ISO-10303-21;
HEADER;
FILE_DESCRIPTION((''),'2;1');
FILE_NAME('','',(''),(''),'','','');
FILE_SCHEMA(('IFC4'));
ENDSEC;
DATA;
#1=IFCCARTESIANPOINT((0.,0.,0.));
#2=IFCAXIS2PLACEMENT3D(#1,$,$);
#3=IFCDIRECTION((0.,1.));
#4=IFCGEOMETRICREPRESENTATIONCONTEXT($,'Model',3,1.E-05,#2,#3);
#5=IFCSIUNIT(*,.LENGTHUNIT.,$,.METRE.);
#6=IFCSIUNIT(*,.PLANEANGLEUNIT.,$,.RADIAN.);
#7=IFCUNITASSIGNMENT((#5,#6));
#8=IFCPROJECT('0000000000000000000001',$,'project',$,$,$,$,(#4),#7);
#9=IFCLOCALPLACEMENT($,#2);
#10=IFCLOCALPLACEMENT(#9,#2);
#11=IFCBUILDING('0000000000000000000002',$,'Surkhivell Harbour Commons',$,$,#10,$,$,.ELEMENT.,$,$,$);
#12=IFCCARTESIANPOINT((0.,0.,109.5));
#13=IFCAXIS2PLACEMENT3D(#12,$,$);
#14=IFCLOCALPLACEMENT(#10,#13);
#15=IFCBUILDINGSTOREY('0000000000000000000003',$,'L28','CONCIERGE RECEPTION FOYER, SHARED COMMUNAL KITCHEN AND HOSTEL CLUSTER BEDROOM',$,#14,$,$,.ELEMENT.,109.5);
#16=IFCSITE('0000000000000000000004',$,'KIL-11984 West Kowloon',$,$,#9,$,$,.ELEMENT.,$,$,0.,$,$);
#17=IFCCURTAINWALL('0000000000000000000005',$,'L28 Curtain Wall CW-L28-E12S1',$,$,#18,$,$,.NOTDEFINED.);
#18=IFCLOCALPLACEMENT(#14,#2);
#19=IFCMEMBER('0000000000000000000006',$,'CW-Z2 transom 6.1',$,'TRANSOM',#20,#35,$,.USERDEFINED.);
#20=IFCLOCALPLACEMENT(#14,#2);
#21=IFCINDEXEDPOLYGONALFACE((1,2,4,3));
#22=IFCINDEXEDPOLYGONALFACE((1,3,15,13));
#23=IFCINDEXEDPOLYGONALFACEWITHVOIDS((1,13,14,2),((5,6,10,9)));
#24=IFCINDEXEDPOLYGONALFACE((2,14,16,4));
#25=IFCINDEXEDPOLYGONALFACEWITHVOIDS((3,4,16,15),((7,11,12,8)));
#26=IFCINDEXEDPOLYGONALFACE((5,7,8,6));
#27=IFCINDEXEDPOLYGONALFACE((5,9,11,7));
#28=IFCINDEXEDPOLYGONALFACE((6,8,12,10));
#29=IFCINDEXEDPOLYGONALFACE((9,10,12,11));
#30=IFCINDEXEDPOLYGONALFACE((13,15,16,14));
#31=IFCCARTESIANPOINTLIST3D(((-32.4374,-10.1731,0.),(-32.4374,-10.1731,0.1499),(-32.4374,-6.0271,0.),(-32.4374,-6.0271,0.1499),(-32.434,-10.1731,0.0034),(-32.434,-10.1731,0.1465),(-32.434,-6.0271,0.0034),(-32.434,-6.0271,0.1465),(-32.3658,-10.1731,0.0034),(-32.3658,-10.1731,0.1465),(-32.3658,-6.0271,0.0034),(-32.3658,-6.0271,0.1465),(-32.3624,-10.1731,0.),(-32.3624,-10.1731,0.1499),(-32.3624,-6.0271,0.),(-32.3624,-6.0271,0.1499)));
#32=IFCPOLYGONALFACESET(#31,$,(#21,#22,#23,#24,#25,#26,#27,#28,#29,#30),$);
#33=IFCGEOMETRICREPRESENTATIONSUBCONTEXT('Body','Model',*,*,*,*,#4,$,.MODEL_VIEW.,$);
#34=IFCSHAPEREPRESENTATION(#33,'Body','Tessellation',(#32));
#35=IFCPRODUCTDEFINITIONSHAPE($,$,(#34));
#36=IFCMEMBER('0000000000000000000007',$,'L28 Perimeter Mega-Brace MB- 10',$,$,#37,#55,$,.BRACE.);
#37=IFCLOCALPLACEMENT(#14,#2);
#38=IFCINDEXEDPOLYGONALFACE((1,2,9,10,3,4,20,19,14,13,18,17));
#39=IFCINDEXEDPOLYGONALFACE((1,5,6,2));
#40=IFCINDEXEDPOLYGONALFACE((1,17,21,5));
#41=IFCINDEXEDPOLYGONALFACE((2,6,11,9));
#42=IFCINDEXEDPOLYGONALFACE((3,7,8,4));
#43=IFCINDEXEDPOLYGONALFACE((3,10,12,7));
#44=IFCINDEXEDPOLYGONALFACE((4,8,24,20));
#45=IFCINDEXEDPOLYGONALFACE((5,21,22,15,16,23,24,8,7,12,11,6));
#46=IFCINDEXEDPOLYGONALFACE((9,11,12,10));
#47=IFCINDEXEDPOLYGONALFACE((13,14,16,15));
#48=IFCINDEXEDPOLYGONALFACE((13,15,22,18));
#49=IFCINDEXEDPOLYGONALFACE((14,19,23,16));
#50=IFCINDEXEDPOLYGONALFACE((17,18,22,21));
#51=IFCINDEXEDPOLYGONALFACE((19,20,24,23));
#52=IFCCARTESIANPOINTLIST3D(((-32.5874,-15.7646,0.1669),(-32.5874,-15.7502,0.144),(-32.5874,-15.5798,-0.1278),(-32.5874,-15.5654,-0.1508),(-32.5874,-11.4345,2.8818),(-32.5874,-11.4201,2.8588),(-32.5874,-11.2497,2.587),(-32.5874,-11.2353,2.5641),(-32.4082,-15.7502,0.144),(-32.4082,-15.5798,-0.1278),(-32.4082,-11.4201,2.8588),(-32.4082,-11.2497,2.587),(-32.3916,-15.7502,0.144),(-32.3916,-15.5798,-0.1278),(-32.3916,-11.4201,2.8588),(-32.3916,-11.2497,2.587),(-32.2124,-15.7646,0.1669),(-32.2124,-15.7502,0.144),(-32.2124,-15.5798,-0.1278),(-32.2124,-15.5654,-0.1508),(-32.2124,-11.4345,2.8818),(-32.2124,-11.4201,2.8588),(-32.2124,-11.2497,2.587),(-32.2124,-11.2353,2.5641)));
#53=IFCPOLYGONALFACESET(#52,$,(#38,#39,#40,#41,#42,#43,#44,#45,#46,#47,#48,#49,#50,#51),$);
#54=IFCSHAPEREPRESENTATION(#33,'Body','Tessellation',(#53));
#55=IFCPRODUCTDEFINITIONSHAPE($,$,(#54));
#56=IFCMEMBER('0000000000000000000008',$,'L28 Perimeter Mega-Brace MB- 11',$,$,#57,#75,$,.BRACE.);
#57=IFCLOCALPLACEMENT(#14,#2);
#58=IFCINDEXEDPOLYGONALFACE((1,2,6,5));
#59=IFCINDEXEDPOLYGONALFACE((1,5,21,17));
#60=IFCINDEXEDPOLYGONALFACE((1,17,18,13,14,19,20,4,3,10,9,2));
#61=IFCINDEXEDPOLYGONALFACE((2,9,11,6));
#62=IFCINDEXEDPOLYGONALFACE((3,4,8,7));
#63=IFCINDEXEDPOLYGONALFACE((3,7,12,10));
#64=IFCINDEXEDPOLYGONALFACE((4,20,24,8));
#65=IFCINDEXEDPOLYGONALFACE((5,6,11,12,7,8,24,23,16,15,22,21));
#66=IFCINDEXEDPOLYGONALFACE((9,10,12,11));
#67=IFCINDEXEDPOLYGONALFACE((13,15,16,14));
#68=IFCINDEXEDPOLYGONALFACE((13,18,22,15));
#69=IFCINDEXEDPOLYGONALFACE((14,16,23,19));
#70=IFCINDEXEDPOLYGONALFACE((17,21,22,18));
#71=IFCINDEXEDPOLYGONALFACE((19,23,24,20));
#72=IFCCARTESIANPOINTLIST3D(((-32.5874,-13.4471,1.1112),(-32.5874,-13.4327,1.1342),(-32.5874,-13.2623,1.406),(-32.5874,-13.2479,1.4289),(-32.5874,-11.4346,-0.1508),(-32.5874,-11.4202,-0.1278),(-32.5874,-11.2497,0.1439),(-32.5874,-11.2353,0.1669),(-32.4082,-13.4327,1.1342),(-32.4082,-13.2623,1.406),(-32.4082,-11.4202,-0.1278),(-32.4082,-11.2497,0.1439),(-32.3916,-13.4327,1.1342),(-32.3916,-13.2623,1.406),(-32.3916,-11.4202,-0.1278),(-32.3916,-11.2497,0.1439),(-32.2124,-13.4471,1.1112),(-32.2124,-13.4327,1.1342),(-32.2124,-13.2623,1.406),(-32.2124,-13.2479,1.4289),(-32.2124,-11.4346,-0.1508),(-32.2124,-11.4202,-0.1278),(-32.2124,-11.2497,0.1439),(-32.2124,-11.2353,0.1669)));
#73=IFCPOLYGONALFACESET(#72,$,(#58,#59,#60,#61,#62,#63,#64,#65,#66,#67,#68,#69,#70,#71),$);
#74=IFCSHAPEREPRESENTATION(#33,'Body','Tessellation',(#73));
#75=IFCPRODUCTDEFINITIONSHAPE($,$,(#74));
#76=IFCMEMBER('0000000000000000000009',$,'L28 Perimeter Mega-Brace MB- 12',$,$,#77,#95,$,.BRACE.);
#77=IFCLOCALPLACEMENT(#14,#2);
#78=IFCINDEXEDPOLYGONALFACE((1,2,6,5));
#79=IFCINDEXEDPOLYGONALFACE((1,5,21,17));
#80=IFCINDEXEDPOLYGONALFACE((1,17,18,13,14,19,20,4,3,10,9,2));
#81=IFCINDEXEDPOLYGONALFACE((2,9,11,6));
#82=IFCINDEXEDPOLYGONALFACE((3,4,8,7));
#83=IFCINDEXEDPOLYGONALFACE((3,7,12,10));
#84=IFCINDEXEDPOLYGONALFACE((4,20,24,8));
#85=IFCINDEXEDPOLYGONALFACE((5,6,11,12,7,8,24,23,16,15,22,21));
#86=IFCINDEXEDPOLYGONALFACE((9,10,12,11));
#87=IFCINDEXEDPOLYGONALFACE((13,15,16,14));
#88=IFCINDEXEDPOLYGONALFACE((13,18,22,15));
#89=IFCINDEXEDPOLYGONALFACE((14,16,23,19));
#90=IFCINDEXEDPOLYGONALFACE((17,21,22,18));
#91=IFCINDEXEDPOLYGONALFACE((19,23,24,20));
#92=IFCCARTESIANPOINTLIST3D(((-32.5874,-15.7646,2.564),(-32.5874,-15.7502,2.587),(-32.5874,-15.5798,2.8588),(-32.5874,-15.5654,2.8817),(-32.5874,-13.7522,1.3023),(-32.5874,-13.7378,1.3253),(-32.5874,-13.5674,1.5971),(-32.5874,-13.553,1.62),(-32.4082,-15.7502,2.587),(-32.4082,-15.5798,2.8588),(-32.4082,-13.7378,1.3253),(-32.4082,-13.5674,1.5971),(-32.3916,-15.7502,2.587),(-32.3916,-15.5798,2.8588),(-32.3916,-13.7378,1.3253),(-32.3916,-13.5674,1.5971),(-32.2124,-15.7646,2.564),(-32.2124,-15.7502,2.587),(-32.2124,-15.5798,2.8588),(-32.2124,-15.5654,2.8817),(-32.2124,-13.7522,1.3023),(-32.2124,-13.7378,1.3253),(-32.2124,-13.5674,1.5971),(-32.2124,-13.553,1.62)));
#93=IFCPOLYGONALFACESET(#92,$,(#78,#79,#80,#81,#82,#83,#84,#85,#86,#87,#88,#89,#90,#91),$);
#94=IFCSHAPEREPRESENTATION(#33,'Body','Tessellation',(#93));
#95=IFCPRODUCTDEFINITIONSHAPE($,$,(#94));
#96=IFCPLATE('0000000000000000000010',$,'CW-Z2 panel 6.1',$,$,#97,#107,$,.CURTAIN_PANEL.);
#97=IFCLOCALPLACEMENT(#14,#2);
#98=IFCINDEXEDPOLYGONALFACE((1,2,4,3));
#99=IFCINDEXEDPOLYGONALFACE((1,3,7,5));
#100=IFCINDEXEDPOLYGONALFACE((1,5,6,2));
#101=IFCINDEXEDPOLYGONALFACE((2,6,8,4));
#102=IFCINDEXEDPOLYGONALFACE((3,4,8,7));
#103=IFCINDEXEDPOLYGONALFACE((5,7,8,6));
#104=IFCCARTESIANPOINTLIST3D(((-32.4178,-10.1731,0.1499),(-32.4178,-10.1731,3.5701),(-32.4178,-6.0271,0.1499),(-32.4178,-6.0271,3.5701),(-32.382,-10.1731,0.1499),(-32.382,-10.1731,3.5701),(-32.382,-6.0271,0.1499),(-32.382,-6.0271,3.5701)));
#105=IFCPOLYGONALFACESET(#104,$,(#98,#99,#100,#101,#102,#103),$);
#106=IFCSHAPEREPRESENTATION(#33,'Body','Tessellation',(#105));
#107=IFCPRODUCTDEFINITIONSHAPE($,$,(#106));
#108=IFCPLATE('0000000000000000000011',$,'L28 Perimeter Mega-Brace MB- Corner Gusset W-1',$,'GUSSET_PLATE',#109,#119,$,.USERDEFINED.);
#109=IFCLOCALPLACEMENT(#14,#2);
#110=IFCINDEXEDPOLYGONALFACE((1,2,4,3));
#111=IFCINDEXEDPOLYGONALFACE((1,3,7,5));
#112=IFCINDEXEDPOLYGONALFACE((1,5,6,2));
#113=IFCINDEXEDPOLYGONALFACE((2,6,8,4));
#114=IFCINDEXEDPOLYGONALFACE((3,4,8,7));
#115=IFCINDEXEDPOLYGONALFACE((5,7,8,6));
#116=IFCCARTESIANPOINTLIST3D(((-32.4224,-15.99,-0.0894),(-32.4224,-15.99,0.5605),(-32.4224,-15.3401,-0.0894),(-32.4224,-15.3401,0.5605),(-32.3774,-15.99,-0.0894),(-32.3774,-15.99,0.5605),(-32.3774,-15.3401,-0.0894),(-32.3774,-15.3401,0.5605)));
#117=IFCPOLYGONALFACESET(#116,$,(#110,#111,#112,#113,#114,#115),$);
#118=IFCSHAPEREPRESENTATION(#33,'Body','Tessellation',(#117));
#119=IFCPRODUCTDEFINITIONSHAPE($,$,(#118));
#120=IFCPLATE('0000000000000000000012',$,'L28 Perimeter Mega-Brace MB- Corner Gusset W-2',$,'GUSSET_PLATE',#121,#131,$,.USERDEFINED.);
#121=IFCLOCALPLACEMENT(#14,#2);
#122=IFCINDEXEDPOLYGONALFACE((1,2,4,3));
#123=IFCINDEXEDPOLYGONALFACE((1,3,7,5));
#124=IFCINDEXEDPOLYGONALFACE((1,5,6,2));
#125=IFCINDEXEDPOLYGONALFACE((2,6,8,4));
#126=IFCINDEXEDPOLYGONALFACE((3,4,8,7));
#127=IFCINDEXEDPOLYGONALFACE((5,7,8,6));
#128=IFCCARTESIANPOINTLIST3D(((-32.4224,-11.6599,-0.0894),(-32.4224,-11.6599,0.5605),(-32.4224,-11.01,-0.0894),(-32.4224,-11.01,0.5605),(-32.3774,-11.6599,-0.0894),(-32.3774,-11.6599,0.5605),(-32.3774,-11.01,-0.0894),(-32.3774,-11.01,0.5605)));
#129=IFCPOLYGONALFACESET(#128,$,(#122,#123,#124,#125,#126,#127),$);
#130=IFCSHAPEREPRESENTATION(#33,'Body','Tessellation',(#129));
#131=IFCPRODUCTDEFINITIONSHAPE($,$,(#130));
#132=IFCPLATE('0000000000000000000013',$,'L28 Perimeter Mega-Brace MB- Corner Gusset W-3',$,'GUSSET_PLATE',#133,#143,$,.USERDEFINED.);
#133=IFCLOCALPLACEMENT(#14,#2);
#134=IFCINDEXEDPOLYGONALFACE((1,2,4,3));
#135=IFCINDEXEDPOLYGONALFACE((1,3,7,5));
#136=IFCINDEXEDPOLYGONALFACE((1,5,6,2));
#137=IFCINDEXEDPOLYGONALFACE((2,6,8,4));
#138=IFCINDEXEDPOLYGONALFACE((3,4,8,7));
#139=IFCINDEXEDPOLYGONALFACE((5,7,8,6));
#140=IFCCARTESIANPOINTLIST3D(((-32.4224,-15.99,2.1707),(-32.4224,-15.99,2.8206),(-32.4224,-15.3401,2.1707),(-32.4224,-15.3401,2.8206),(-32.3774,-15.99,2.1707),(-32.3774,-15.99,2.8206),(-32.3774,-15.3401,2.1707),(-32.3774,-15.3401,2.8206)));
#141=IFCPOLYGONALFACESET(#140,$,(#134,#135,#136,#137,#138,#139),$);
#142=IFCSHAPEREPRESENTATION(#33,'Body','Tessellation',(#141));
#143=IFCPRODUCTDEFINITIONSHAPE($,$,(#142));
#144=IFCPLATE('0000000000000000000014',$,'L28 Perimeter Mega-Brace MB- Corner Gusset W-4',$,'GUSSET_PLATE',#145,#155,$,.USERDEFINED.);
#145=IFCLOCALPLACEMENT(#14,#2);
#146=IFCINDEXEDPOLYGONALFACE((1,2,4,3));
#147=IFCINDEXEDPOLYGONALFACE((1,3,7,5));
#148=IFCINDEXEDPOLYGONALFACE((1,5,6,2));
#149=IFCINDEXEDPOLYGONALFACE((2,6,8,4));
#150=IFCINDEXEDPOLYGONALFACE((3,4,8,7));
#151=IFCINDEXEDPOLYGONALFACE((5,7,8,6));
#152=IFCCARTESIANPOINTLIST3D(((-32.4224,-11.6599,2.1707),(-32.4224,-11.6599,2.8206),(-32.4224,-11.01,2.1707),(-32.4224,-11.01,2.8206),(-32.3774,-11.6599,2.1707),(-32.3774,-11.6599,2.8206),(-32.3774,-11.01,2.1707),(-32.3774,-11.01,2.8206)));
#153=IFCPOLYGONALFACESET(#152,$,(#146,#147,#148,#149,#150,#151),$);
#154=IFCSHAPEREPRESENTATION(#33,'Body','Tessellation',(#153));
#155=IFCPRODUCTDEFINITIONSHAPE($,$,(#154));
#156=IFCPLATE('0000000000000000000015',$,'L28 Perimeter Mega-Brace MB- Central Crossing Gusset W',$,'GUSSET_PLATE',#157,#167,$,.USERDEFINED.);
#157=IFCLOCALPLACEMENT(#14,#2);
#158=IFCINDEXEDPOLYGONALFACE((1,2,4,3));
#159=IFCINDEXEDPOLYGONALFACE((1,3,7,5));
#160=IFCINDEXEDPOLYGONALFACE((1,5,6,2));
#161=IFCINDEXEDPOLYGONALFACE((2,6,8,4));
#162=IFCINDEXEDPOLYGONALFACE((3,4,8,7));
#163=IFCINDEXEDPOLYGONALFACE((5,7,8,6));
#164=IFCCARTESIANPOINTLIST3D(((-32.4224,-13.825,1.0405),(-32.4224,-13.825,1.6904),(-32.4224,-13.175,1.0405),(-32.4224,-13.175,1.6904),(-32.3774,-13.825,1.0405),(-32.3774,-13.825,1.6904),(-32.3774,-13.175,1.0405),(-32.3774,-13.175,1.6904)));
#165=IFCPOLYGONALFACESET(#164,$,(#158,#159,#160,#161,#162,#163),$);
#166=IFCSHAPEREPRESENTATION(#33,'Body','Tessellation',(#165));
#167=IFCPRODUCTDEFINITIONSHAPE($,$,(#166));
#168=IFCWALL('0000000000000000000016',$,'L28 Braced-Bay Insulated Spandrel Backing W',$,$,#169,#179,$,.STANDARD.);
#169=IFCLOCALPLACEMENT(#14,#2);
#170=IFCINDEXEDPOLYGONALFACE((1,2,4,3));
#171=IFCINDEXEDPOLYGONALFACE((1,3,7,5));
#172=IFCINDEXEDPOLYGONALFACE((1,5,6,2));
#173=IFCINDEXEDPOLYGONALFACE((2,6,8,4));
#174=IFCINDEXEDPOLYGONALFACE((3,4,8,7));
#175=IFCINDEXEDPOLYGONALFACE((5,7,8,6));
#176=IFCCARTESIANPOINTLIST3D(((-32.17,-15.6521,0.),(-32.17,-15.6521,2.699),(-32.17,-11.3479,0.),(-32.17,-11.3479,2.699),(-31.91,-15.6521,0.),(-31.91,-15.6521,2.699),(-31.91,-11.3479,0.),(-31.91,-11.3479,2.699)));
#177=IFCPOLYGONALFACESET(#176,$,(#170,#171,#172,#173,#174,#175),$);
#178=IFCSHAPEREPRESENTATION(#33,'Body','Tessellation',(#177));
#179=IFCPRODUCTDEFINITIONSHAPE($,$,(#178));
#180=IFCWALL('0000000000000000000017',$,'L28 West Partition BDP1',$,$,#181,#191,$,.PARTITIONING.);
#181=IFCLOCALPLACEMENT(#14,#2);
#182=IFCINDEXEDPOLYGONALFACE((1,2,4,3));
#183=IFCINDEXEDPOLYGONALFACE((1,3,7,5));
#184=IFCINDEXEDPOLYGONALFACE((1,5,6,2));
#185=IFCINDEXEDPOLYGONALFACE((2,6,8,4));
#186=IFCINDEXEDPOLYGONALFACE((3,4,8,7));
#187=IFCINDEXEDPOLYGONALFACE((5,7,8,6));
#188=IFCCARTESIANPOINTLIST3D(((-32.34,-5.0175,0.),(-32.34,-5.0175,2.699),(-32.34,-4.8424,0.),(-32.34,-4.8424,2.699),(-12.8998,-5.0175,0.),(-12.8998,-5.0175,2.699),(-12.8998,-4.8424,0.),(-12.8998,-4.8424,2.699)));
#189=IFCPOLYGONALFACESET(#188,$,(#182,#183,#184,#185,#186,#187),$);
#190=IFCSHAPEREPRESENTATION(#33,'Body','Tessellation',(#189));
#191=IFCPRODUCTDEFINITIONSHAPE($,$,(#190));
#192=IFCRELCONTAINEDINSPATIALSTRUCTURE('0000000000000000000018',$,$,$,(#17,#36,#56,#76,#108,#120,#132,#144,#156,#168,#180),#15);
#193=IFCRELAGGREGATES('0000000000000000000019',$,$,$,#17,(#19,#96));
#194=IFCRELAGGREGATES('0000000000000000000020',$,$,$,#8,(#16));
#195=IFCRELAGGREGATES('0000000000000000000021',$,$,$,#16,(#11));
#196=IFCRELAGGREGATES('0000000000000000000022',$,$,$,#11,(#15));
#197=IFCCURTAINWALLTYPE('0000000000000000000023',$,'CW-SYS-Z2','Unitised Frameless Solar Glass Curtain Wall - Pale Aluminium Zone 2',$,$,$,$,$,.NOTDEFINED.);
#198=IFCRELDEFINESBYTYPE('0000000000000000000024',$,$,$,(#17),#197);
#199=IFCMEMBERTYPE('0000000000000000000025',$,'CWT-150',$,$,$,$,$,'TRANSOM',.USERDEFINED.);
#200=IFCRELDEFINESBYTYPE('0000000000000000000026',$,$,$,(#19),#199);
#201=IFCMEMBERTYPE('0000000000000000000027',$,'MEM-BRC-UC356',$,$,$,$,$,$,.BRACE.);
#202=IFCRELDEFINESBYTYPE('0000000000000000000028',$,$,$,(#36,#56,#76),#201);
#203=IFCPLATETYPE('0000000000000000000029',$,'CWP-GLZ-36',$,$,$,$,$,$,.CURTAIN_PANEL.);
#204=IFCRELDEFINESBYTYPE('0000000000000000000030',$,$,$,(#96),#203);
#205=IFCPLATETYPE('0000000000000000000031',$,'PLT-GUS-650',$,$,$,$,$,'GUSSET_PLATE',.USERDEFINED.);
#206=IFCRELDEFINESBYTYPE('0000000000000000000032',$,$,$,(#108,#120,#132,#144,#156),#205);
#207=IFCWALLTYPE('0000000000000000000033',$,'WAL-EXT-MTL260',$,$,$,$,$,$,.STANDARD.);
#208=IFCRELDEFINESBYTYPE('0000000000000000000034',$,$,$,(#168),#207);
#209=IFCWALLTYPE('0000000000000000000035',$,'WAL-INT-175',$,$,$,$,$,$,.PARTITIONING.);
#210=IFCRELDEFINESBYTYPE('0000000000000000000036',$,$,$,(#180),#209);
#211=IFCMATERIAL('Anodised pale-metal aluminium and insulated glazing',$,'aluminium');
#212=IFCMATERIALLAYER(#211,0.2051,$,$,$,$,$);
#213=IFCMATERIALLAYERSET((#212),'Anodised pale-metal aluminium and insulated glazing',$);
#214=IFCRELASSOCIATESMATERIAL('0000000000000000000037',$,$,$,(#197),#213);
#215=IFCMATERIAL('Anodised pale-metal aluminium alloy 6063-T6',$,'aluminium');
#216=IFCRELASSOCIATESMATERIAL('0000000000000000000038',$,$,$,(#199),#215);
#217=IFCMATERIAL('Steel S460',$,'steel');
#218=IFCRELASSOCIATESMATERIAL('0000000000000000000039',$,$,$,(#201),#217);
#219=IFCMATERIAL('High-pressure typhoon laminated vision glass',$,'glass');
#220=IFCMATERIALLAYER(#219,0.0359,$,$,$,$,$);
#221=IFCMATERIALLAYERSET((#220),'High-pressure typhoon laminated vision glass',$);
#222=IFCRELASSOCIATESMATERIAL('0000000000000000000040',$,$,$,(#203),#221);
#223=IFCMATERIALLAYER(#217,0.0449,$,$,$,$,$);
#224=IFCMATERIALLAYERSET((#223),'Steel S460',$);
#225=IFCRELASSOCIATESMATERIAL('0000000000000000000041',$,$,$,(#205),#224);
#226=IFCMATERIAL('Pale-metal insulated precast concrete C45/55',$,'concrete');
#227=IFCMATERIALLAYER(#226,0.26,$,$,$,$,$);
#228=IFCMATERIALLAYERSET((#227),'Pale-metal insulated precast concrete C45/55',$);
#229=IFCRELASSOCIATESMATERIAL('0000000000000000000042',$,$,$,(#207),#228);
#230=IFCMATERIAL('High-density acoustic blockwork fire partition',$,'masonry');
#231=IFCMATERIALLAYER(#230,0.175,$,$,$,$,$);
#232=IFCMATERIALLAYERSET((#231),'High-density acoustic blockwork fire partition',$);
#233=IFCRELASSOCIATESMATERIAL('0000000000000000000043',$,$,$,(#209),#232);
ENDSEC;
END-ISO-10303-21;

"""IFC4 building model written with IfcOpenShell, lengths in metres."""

from ifc_helpers import new_model, si_unit, direction, frame, frame_2d, origin, origin_2d, place, context, subcontext, project, spatial, rectangle, hollow_rectangle, i_section, extrude, material, layer, layer_set, material_profile, profile_set, type_object, element, aggregate, save


model = new_model("IFC4")

# Units and contexts
model_context = context("Model", 3, precision=1e-05, world=origin(), true_north=direction((0.0, 1.0)))
body_context = subcontext(model_context, "Body", "Model", "MODEL_VIEW")
ifc_project = project(units=[si_unit("LENGTHUNIT", "METRE"), si_unit("PLANEANGLEUNIT", "RADIAN")], contexts=[model_context])

# Site, building, storey
site_placement = place(None, origin())
site = spatial("IfcSite", under=ifc_project, at=site_placement, Name="KIL-11984 West Kowloon", CompositionType="ELEMENT", RefElevation=0.0)
building_placement = place(site_placement, origin())
building = spatial("IfcBuilding", under=site, at=building_placement, Name="Surkhivell Harbour Commons", CompositionType="ELEMENT")
storey_placement = place(building_placement, frame((0.0, 0.0, 109.5)))
storey = spatial("IfcBuildingStorey", under=building, at=storey_placement, Name="L28", Description="CONCIERGE RECEPTION FOYER, SHARED COMMUNAL KITCHEN AND HOSTEL CLUSTER BEDROOM", CompositionType="ELEMENT", Elevation=109.5)

# Shared definitions
ifc_material_1 = material(Name="Steel S460", Category="steel")

# Curtain wall, member
ifc_material_2 = material(Name="Anodised pale-metal aluminium and insulated glazing", Category="aluminium")
ifc_layer_1 = layer(ifc_material_2, 0.2051)
ifc_layer_set_1 = layer_set([ifc_layer_1], Name="Anodised pale-metal aluminium and insulated glazing")
curtain_wall_type = type_object("IfcCurtainWallType", Name="CW-SYS-Z2", Description="Unitised Frameless Solar Glass Curtain Wall - Pale Aluminium Zone 2", PredefinedType="NOTDEFINED", material=ifc_layer_set_1)
curtain_wall_placement = place(storey_placement, origin())
curtain_wall = element("IfcCurtainWall", 1, at=curtain_wall_placement, inside=storey, type_object=curtain_wall_type, Name="L28 Curtain Wall CW-L28-E12S1", PredefinedType="NOTDEFINED")
ifc_material_3 = material(Name="Anodised pale-metal aluminium alloy 6063-T6", Category="aluminium")
ifc_material_profile_1 = material_profile(ifc_material_3, hollow_rectangle(XDim=0.075, YDim=0.1499, WallThickness=0.0034, at=origin_2d()), Name="ALU-TRAN-75x150")
ifc_profile_set_1 = profile_set([ifc_material_profile_1], Name="Anodised pale-metal aluminium alloy 6063-T6")
member_type_1 = type_object("IfcMemberType", Name="CWT-150", ElementType="TRANSOM", PredefinedType="USERDEFINED", material=ifc_profile_set_1)
member_1_placement = place(storey_placement, frame((-32.3999, -6.0271, 0.075), z_axis=(0.0, -1.0, 0.0), x_axis=(1.0, 0.0, 0.0)))
member_1 = element("IfcMember", 2, at=member_1_placement, type_object=member_type_1, Name="CW-Z2 transom 6.1", ObjectType="TRANSOM", PredefinedType="USERDEFINED", context=body_context, shape_type="SweptSolid", body=[
    extrude(hollow_rectangle(XDim=0.075, YDim=0.1499, WallThickness=0.0034, at=origin_2d()), origin(), (0.0, 0.0, 1.0), 4.146),
])

# Members
ifc_material_profile_2 = material_profile(ifc_material_1, i_section(OverallWidth=0.375, OverallDepth=0.375, WebThickness=0.0166, FlangeThickness=0.0271, at=origin_2d()), Name="UC356x368x202")
ifc_profile_set_2 = profile_set([ifc_material_profile_2], Name="Steel S460")
member_type_2 = type_object("IfcMemberType", Name="MEM-BRC-UC356", PredefinedType="BRACE", material=ifc_profile_set_2)
member_2_placement = place(storey_placement, frame((-32.3999, -15.665, 0.0081), z_axis=(0.0, 0.847246, 0.531201), x_axis=(-1.0, 0.0, 0.0)))
element("IfcMember", 3, at=member_2_placement, inside=storey, type_object=member_type_2, Name="L28 Perimeter Mega-Brace MB- 10", PredefinedType="BRACE", context=body_context, shape_type="SweptSolid", body=[
    extrude(i_section(OverallWidth=0.375, OverallDepth=0.375, WebThickness=0.0166, FlangeThickness=0.0271, at=origin_2d()), origin(), (0.0, 0.0, 1.0), 5.1108),
])
member_3_placement = place(storey_placement, frame((-32.3999, -11.335, 0.0081), z_axis=(0.0, -0.847206, 0.531264), x_axis=(1.0, 0.0, 0.0)))
element("IfcMember", 4, at=member_3_placement, inside=storey, type_object=member_type_2, Name="L28 Perimeter Mega-Brace MB- 11", PredefinedType="BRACE", context=body_context, shape_type="SweptSolid", body=[
    extrude(i_section(OverallWidth=0.375, OverallDepth=0.375, WebThickness=0.0166, FlangeThickness=0.0271, at=origin_2d()), origin(), (0.0, 0.0, 1.0), 2.3755),
])
member_4_placement = place(storey_placement, frame((-32.3999, -13.6526, 1.4612), z_axis=(0.0, -0.847253, 0.53119), x_axis=(1.0, 0.0, 0.0)))
element("IfcMember", 5, at=member_4_placement, inside=storey, type_object=member_type_2, Name="L28 Perimeter Mega-Brace MB- 12", PredefinedType="BRACE", context=body_context, shape_type="SweptSolid", body=[
    extrude(i_section(OverallWidth=0.375, OverallDepth=0.375, WebThickness=0.0166, FlangeThickness=0.0271, at=origin_2d()), origin(), (0.0, 0.0, 1.0), 2.3752),
])

# Plate
ifc_material_4 = material(Name="High-pressure typhoon laminated vision glass", Category="glass")
ifc_layer_2 = layer(ifc_material_4, 0.0359)
ifc_layer_set_2 = layer_set([ifc_layer_2], Name="High-pressure typhoon laminated vision glass")
plate_type_1 = type_object("IfcPlateType", Name="CWP-GLZ-36", PredefinedType="CURTAIN_PANEL", material=ifc_layer_set_2)
plate_placement = place(storey_placement, frame((-32.3999, -6.0271, 0.1499), z_axis=(0.0, 0.0, 1.0), x_axis=(0.0, -1.0, 0.0)))
plate = element("IfcPlate", 6, at=plate_placement, type_object=plate_type_1, Name="CW-Z2 panel 6.1", PredefinedType="CURTAIN_PANEL", context=body_context, shape_type="SweptSolid", body=[
    extrude(rectangle(XDim=4.146, YDim=0.0359, at=frame_2d((2.073, 0.0))), origin(), (0.0, 0.0, 1.0), 3.4202),
])
aggregate(curtain_wall, [member_1, plate])

# Plates
ifc_layer_3 = layer(ifc_material_1, 0.0449)
ifc_layer_set_3 = layer_set([ifc_layer_3], Name="Steel S460")
plate_type_2 = type_object("IfcPlateType", Name="PLT-GUS-650", ElementType="GUSSET_PLATE", PredefinedType="USERDEFINED", material=ifc_layer_set_3)
for number, where, z_axis, x_axis, name in (
    (7, (-32.3999, -15.665, -0.0894), (0.0, 0.0, 1.0), (0.0, 1.0, 0.0), "L28 Perimeter Mega-Brace MB- Corner Gusset W-1"),
    (8, (-32.3999, -11.335, -0.0894), (0.0, 0.0, 1.0), (0.0, 1.0, 0.0), "L28 Perimeter Mega-Brace MB- Corner Gusset W-2"),
    (9, (-32.3999, -15.665, 2.1707), (0.0, 0.0, 1.0), (0.0, 1.0, 0.0), "L28 Perimeter Mega-Brace MB- Corner Gusset W-3"),
    (10, (-32.3999, -11.335, 2.1707), (0.0, 0.0, 1.0), (0.0, 1.0, 0.0), "L28 Perimeter Mega-Brace MB- Corner Gusset W-4"),
    (11, (-32.3999, -13.5, 1.0405), (0.0, 0.0, 1.0), (0.0, 1.0, 0.0), "L28 Perimeter Mega-Brace MB- Central Crossing Gusset W"),
):
    element("IfcPlate", number, at=place(storey_placement, frame(where, z_axis=z_axis, x_axis=x_axis)), inside=storey, type_object=plate_type_2, Name=name, ObjectType="GUSSET_PLATE", PredefinedType="USERDEFINED", context=body_context, shape_type="SweptSolid", body=[
        extrude(rectangle(XDim=0.6499, YDim=0.0449, at=origin_2d()), origin(), (0.0, 0.0, 1.0), 0.6499),
    ])

# Walls
ifc_material_5 = material(Name="Pale-metal insulated precast concrete C45/55", Category="concrete")
ifc_layer_4 = layer(ifc_material_5, 0.26)
ifc_layer_set_4 = layer_set([ifc_layer_4], Name="Pale-metal insulated precast concrete C45/55")
wall_type_1 = type_object("IfcWallType", Name="WAL-EXT-MTL260", PredefinedType="STANDARD", material=ifc_layer_set_4)
wall_placement = place(storey_placement, frame((-32.04, -11.3479, 0.0), z_axis=(0.0, 0.0, 1.0), x_axis=(0.0, -1.0, 0.0)))
element("IfcWall", 12, at=wall_placement, inside=storey, type_object=wall_type_1, Name="L28 Braced-Bay Insulated Spandrel Backing W", PredefinedType="STANDARD", context=body_context, shape_type="SweptSolid", body=[
    extrude(rectangle(XDim=4.3042, YDim=0.26, at=frame_2d((2.1521, 0.0))), origin(), (0.0, 0.0, 1.0), 2.699),
])
ifc_material_6 = material(Name="High-density acoustic blockwork fire partition", Category="masonry")
ifc_layer_5 = layer(ifc_material_6, 0.175)
ifc_layer_set_5 = layer_set([ifc_layer_5], Name="High-density acoustic blockwork fire partition")
wall_type_2 = type_object("IfcWallType", Name="WAL-INT-175", PredefinedType="PARTITIONING", material=ifc_layer_set_5)
for number, where, z_axis, x_axis, name in (
    (13, (-32.3401, -4.9299, 0.0), (0.0, 0.0, 1.0), (1.0, 0.0, 0.0), "L28 West Partition BDP1"),
):
    element("IfcWall", number, at=place(storey_placement, frame(where, z_axis=z_axis, x_axis=x_axis)), inside=storey, type_object=wall_type_2, Name=name, PredefinedType="PARTITIONING", context=body_context, shape_type="SweptSolid", body=[
        extrude(rectangle(XDim=19.4402, YDim=0.175, at=frame_2d((9.7202, 0.0))), origin(), (0.0, 0.0, 1.0), 2.699),
    ])

save(model, "model.ifc")
